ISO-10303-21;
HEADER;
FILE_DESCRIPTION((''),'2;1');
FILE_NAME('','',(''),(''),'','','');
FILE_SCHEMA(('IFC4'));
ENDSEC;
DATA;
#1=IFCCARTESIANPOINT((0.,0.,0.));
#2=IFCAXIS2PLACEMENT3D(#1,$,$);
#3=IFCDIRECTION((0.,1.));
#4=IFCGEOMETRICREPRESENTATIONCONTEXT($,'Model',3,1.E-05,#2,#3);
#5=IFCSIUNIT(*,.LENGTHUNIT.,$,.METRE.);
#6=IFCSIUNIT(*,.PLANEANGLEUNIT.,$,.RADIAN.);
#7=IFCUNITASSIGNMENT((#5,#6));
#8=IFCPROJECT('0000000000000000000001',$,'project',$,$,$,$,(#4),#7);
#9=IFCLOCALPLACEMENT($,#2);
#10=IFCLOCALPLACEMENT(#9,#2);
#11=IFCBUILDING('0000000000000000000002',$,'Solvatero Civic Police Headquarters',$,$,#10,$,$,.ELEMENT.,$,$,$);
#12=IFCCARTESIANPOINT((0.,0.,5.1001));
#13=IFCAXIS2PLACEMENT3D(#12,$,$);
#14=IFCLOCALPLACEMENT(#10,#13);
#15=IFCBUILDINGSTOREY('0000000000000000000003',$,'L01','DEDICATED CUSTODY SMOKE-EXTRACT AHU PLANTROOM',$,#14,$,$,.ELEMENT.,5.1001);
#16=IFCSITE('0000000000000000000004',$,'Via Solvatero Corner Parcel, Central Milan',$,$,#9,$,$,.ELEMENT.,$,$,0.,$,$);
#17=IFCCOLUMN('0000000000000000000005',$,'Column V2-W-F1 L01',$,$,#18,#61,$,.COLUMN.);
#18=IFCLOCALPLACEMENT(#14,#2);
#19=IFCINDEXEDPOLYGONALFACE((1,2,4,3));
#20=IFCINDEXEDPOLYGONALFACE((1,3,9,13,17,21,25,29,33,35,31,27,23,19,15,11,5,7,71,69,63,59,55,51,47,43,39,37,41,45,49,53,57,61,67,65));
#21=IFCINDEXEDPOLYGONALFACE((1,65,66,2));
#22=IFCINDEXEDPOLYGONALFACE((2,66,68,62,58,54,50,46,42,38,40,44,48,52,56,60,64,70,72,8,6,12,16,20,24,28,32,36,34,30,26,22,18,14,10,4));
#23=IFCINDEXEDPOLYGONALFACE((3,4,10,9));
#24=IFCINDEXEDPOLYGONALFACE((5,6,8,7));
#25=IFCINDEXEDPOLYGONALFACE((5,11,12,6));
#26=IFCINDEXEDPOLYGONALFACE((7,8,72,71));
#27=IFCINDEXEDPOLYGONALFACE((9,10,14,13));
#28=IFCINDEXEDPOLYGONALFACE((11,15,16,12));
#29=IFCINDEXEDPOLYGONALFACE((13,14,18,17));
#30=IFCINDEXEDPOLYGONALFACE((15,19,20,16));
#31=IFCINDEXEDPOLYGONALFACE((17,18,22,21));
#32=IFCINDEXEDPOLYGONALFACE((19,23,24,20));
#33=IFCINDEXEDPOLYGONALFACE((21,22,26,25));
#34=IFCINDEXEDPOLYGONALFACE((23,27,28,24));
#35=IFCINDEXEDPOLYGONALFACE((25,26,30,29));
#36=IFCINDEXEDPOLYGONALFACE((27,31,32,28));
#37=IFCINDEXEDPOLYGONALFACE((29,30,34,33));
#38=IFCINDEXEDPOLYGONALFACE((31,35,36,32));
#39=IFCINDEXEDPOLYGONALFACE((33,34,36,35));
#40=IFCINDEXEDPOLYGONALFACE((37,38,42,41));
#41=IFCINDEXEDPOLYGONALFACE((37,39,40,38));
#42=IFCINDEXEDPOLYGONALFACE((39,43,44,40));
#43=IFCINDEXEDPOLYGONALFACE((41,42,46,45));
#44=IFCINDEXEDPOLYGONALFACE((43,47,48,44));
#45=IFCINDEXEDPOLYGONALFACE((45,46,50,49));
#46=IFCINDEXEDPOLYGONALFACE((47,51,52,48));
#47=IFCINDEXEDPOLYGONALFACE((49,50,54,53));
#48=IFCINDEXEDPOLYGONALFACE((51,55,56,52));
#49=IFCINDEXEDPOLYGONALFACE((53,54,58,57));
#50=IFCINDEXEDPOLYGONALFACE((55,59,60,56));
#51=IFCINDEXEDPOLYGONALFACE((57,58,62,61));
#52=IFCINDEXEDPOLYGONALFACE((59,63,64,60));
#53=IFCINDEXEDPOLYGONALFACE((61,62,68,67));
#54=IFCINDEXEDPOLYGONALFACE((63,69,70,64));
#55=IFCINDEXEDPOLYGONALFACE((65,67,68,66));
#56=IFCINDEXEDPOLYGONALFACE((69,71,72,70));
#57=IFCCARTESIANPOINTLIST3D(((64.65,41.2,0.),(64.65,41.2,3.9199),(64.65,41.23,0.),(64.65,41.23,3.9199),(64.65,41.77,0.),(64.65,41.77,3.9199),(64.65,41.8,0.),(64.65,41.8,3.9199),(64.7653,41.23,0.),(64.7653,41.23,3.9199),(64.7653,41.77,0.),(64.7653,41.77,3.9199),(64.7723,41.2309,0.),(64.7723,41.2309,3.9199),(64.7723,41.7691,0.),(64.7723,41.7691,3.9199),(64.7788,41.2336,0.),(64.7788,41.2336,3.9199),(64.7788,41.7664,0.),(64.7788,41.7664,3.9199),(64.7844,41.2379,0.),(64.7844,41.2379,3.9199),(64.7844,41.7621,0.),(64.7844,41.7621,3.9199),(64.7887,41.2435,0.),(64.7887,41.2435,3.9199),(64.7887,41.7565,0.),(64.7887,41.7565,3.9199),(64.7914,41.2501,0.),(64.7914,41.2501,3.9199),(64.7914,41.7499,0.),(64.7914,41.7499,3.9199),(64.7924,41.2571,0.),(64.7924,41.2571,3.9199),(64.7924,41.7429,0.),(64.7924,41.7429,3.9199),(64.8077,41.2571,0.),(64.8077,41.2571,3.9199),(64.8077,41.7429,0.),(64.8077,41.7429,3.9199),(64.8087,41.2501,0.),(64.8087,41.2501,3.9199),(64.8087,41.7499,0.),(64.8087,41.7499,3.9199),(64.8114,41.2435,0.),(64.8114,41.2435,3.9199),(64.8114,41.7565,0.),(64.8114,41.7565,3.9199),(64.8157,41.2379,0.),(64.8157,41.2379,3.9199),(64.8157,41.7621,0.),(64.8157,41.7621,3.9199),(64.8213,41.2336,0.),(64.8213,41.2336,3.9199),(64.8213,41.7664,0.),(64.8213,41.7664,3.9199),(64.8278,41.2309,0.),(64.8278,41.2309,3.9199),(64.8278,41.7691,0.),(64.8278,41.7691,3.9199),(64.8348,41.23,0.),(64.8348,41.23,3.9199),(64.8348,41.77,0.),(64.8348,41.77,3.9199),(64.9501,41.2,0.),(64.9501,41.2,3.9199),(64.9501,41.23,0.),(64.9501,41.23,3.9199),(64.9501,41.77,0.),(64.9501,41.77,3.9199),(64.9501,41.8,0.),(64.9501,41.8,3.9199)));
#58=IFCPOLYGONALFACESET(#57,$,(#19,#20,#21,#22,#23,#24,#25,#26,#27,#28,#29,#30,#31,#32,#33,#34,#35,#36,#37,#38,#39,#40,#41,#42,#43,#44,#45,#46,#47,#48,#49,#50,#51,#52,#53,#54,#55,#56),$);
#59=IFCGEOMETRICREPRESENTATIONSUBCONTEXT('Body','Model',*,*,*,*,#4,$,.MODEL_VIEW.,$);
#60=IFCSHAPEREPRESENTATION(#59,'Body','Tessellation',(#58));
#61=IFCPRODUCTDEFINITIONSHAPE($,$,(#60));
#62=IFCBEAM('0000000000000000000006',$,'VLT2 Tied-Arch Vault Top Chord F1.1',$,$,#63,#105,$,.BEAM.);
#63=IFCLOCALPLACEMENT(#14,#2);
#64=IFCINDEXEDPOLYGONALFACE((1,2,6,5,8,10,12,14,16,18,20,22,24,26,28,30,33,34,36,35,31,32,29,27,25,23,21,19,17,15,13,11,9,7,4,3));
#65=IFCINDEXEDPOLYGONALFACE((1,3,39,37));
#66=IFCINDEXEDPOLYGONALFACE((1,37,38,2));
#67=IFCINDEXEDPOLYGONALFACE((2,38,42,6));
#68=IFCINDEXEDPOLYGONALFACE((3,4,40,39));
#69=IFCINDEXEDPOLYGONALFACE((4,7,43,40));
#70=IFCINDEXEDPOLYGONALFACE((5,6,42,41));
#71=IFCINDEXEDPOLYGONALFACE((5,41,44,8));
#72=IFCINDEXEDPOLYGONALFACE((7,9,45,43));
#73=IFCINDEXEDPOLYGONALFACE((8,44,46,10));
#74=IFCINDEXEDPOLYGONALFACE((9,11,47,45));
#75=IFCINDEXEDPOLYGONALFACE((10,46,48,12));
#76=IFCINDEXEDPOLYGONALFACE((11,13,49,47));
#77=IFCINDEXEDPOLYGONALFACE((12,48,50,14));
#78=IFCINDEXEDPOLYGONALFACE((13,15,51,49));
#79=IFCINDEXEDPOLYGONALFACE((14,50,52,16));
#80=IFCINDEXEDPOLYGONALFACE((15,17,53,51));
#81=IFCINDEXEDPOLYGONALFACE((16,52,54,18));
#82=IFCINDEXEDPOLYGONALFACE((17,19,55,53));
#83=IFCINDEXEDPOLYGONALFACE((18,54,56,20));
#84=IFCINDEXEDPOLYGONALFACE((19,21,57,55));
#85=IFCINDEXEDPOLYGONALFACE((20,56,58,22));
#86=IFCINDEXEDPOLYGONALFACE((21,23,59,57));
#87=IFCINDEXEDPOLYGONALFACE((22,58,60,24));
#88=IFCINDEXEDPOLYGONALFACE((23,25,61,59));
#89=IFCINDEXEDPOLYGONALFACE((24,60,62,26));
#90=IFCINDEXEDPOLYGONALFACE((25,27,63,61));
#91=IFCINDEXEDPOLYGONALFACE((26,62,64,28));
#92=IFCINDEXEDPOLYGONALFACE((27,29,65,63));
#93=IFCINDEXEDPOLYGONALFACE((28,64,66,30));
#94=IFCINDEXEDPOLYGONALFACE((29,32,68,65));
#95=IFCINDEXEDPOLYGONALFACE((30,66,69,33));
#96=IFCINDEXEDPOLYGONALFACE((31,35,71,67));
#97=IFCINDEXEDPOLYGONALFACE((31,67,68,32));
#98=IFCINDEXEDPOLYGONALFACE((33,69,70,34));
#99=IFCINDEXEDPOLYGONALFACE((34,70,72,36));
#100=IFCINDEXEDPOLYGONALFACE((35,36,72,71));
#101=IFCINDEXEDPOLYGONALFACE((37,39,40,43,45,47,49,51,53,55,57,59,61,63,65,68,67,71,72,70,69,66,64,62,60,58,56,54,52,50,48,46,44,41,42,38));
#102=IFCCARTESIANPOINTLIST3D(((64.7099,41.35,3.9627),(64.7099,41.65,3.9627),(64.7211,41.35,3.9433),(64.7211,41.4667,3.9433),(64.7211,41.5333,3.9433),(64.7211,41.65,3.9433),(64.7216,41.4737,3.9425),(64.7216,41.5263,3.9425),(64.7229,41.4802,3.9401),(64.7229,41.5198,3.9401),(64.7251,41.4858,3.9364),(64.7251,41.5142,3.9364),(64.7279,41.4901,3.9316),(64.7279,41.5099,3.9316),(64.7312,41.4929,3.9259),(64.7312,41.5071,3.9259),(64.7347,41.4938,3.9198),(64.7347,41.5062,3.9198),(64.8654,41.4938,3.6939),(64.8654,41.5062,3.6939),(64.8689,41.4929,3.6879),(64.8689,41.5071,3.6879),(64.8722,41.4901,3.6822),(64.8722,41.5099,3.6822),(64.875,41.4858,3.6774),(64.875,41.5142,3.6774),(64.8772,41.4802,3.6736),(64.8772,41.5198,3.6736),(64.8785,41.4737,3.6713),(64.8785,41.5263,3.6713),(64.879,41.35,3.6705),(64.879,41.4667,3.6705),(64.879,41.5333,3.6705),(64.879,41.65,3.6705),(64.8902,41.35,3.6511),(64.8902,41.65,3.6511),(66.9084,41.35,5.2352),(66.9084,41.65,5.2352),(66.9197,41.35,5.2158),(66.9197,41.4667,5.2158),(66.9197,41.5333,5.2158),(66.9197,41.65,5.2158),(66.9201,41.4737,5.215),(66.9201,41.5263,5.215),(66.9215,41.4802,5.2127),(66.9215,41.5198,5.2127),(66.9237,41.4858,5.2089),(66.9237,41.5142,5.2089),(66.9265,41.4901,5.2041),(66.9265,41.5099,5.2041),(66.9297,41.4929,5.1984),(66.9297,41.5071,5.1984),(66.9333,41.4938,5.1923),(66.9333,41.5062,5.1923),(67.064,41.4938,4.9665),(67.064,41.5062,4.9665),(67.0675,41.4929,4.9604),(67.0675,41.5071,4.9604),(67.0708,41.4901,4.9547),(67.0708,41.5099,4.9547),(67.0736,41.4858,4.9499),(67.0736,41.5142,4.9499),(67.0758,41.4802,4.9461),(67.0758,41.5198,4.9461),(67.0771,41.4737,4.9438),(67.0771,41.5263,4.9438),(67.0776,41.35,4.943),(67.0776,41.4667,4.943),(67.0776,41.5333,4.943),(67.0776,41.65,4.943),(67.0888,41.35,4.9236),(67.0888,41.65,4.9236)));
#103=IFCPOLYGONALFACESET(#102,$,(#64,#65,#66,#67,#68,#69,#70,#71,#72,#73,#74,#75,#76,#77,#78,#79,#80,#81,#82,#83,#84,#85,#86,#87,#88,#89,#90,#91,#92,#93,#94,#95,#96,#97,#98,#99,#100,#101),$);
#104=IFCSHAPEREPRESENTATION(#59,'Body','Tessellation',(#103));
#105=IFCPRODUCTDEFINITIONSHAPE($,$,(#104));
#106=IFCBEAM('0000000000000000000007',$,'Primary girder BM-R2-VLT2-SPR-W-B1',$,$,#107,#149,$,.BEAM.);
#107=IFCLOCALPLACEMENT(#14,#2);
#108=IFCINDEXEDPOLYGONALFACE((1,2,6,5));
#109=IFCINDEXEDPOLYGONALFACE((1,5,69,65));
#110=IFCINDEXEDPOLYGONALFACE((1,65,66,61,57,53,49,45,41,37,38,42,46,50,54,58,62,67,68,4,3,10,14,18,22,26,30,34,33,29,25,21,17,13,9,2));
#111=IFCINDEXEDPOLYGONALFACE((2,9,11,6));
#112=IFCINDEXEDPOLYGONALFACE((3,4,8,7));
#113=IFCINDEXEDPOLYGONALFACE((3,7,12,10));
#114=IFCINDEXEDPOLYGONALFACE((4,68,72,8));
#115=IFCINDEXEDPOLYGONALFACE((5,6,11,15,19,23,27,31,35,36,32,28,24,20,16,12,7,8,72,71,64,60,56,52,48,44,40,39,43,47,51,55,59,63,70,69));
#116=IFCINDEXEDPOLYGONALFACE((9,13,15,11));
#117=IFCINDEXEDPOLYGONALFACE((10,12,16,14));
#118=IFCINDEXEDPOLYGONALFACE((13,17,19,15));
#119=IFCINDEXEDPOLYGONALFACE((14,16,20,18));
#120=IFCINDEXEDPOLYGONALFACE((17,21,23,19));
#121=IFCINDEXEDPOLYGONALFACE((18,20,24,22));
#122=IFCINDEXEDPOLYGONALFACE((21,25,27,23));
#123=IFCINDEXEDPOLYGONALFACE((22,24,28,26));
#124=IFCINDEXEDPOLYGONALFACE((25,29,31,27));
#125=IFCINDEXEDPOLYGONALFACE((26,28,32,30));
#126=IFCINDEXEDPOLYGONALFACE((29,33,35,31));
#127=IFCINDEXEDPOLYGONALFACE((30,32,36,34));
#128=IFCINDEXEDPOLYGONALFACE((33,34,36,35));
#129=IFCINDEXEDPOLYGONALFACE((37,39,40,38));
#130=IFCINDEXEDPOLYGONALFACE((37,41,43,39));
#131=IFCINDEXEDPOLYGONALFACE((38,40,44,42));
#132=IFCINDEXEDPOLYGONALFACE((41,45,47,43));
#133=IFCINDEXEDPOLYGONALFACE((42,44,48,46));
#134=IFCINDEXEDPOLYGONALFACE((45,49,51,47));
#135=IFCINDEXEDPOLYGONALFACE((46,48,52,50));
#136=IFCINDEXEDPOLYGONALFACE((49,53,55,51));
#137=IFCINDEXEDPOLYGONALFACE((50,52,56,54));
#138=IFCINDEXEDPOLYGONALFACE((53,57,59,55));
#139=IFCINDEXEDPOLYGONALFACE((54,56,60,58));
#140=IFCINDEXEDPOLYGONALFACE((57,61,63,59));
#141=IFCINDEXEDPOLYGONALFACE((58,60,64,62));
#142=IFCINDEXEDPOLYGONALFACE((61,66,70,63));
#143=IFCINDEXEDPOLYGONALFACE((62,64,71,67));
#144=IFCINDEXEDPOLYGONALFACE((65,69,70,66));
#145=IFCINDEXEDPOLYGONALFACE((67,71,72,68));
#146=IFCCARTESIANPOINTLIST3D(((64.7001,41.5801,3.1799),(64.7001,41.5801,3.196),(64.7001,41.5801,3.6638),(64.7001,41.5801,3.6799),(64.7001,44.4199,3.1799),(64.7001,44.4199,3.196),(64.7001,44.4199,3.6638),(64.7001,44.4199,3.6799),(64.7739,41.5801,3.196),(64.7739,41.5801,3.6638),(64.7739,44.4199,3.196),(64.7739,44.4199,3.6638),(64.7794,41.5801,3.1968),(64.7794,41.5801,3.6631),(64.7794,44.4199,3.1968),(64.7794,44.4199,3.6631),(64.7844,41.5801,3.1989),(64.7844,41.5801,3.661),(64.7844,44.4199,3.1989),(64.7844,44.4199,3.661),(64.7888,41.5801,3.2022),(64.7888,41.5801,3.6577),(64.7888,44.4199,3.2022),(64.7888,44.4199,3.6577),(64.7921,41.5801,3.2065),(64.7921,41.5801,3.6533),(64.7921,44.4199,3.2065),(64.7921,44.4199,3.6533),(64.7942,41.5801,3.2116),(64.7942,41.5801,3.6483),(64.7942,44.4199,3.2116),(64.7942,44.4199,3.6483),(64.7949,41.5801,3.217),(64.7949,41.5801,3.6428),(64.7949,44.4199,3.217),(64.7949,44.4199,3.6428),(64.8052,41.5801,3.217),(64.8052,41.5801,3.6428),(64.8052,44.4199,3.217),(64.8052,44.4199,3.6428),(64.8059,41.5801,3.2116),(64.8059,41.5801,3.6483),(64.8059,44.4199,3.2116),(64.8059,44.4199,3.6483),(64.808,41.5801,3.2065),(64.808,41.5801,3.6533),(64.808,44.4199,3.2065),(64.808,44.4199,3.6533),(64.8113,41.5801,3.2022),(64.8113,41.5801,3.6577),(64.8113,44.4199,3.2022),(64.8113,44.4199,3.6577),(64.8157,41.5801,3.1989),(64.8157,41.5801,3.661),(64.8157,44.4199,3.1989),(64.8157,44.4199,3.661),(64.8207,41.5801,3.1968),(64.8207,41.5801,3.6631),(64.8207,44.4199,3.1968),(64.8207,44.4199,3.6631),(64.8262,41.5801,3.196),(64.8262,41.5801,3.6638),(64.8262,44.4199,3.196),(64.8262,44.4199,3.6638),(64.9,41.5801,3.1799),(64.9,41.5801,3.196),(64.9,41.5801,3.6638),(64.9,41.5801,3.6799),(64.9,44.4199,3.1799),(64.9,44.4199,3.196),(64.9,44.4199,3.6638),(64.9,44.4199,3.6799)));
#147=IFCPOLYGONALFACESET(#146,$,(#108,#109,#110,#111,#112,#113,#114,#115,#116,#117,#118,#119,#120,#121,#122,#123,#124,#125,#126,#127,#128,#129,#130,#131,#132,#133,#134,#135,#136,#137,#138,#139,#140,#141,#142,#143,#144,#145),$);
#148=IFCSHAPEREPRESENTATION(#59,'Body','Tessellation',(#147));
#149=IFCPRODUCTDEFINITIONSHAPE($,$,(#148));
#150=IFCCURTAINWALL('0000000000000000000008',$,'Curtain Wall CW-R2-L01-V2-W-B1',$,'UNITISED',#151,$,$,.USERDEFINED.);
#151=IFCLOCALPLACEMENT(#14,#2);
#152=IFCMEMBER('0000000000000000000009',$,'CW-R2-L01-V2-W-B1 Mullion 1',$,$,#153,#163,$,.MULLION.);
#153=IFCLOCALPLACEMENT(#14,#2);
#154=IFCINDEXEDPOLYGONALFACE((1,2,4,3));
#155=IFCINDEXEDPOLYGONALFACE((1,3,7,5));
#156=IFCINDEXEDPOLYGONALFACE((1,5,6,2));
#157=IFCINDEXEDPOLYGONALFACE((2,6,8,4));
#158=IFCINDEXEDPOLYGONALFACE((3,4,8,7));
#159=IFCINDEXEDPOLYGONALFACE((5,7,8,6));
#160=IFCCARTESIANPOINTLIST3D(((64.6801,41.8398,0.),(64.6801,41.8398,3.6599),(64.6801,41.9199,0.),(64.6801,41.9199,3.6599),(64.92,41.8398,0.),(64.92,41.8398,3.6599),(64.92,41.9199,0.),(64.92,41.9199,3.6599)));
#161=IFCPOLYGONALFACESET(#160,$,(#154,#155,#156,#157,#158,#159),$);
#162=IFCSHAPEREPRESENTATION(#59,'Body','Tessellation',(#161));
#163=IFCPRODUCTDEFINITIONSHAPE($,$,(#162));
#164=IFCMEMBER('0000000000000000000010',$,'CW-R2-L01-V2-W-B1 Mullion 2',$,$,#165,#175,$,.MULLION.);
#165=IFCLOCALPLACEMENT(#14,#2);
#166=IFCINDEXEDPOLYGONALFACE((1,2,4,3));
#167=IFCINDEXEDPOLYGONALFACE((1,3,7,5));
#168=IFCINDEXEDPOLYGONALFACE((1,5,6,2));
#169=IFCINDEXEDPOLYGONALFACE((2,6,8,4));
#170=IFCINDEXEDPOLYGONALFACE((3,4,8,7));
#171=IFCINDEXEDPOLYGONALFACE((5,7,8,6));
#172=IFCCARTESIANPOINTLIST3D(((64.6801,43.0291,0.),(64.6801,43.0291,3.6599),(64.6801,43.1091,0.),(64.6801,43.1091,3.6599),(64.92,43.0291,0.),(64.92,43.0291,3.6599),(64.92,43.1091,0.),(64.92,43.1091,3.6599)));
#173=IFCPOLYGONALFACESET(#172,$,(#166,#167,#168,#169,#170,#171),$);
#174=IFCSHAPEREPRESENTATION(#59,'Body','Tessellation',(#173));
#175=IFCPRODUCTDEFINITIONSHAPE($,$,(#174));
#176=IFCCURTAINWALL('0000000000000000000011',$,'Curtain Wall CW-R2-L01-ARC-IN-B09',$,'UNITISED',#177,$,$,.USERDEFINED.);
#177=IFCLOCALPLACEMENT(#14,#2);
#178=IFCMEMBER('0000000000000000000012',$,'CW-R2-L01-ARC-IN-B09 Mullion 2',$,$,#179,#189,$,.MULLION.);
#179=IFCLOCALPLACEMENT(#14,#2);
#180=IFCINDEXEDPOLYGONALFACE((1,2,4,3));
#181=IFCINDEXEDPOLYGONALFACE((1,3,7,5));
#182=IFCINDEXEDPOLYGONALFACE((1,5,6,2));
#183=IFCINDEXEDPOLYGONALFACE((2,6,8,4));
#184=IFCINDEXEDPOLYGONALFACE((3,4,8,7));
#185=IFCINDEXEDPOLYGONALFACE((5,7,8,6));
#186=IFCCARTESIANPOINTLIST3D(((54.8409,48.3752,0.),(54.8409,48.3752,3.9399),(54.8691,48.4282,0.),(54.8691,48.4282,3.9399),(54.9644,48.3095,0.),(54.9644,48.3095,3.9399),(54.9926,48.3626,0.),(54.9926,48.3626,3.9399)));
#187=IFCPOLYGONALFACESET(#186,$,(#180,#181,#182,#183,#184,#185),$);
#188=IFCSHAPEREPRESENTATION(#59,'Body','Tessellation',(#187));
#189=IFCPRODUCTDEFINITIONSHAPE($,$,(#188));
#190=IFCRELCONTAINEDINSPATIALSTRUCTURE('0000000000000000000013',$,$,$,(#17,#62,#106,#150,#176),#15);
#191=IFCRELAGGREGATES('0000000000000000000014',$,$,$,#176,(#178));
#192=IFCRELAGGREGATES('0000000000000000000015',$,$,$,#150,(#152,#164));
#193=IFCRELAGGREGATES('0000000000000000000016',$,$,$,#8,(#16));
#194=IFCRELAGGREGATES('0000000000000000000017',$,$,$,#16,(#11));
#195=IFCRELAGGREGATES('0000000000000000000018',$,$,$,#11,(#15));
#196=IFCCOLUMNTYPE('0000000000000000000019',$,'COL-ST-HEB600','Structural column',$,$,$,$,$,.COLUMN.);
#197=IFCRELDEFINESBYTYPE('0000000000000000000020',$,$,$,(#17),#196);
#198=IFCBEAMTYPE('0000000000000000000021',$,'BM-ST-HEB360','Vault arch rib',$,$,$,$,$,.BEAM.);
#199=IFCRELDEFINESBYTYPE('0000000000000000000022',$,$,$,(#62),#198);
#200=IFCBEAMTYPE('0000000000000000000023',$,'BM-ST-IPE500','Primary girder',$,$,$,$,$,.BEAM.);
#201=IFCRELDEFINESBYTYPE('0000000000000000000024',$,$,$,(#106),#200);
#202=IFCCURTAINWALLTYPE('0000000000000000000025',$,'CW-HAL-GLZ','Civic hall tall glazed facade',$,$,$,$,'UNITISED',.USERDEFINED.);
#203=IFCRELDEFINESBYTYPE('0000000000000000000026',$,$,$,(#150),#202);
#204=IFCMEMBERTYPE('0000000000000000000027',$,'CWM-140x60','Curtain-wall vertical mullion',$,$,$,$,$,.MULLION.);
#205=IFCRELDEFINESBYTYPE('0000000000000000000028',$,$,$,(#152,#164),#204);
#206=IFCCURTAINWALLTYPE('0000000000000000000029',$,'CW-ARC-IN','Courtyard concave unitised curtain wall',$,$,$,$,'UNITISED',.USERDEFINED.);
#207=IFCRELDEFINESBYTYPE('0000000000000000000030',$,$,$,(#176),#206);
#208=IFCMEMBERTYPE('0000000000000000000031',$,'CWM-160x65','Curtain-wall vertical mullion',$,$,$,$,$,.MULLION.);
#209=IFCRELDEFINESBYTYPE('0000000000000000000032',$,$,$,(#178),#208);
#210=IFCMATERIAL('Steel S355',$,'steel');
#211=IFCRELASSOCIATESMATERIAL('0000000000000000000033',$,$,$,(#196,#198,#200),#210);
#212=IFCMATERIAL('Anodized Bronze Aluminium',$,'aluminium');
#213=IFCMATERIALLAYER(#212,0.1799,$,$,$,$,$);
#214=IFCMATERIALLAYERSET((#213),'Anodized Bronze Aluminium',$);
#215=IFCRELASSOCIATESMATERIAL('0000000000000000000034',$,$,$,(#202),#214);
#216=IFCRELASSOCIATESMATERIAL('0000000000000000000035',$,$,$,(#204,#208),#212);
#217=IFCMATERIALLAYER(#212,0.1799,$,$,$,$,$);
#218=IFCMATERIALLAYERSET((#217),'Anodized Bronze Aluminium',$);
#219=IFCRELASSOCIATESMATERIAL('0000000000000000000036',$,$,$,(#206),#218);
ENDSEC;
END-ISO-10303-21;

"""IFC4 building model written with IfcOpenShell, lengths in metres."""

from ifc_helpers import new_model, si_unit, direction, frame, origin, origin_2d, place, context, subcontext, project, spatial, rectangle, i_section, extrude, material, layer, layer_set, material_profile, profile_set, type_object, element, aggregate, save


model = new_model("IFC4")

# Units and contexts
model_context = context("Model", 3, precision=1e-05, world=origin(), true_north=direction((0.0, 1.0)))
body_context = subcontext(model_context, "Body", "Model", "MODEL_VIEW")
ifc_project = project(units=[si_unit("LENGTHUNIT", "METRE"), si_unit("PLANEANGLEUNIT", "RADIAN")], contexts=[model_context])

# Site, building, storey
site_placement = place(None, origin())
site = spatial("IfcSite", under=ifc_project, at=site_placement, Name="Via Solvatero Corner Parcel, Central Milan", CompositionType="ELEMENT", RefElevation=0.0)
building_placement = place(site_placement, origin())
building = spatial("IfcBuilding", under=site, at=building_placement, Name="Solvatero Civic Police Headquarters", CompositionType="ELEMENT")
storey_placement = place(building_placement, frame((0.0, 0.0, 5.1001)))
storey = spatial("IfcBuildingStorey", under=building, at=storey_placement, Name="L01", Description="DEDICATED CUSTODY SMOKE-EXTRACT AHU PLANTROOM", CompositionType="ELEMENT", Elevation=5.1001)

# Column
ifc_material_1 = material(Name="Steel S355", Category="steel")
ifc_material_profile_1 = material_profile(ifc_material_1, i_section(OverallWidth=0.3, OverallDepth=0.6001, WebThickness=0.0154, FlangeThickness=0.03, FilletRadius=0.0271, at=origin_2d()), Name="HEB 600")
ifc_profile_set_1 = profile_set([ifc_material_profile_1], Name="Steel S355")
column_type = type_object("IfcColumnType", Name="COL-ST-HEB600", Description="Structural column", PredefinedType="COLUMN", material=ifc_profile_set_1)
column_placement = place(storey_placement, frame((64.8, 41.5, 0.0), z_axis=(0.0, 0.0, 1.0), x_axis=(1.0, 0.0, 0.0)))
element("IfcColumn", 1, at=column_placement, inside=storey, type_object=column_type, Name="Column V2-W-F1 L01", PredefinedType="COLUMN", context=body_context, shape_type="SweptSolid", body=[
    extrude(i_section(OverallWidth=0.3, OverallDepth=0.6001, WebThickness=0.0154, FlangeThickness=0.03, FilletRadius=0.0271, at=origin_2d()), origin(), (0.0, 0.0, 1.0), 3.9199),
])

# Beams
ifc_material_profile_2 = material_profile(ifc_material_1, i_section(OverallWidth=0.3, OverallDepth=0.3601, WebThickness=0.0125, FlangeThickness=0.0225, FilletRadius=0.0271, at=origin_2d()), Name="HEB 360")
ifc_profile_set_2 = profile_set([ifc_material_profile_2], Name="Steel S355")
beam_type_1 = type_object("IfcBeamType", Name="BM-ST-HEB360", Description="Vault arch rib", PredefinedType="BEAM", material=ifc_profile_set_2)
beam_1_placement = place(storey_placement, frame((64.8, 41.5, 3.8069), z_axis=(0.865486, 0.0, 0.500934), x_axis=(0.0, 1.0, 0.0)))
element("IfcBeam", 2, at=beam_1_placement, inside=storey, type_object=beam_type_1, Name="VLT2 Tied-Arch Vault Top Chord F1.1", PredefinedType="BEAM", context=body_context, shape_type="SweptSolid", body=[
    extrude(i_section(OverallWidth=0.3, OverallDepth=0.3601, WebThickness=0.0125, FlangeThickness=0.0225, FilletRadius=0.0271, at=origin_2d()), origin(), (0.0, 0.0, 1.0), 2.5403),
])
ifc_material_profile_3 = material_profile(ifc_material_1, i_section(OverallWidth=0.2, OverallDepth=0.5, WebThickness=0.0103, FlangeThickness=0.0161, FilletRadius=0.021, at=origin_2d()), Name="IPE 500")
ifc_profile_set_3 = profile_set([ifc_material_profile_3], Name="Steel S355")
beam_type_2 = type_object("IfcBeamType", Name="BM-ST-IPE500", Description="Primary girder", PredefinedType="BEAM", material=ifc_profile_set_3)
beam_2_placement = place(storey_placement, frame((64.8, 41.5801, 3.4299), z_axis=(0.0, 1.0, 0.0), x_axis=(-1.0, 0.0, 0.0)))
element("IfcBeam", 3, at=beam_2_placement, inside=storey, type_object=beam_type_2, Name="Primary girder BM-R2-VLT2-SPR-W-B1", PredefinedType="BEAM", context=body_context, shape_type="SweptSolid", body=[
    extrude(i_section(OverallWidth=0.2, OverallDepth=0.5, WebThickness=0.0103, FlangeThickness=0.0161, FilletRadius=0.021, at=origin_2d()), origin(), (0.0, 0.0, 1.0), 2.8398),
])

# Curtain walls, members
ifc_material_2 = material(Name="Anodized Bronze Aluminium", Category="aluminium")
ifc_layer_1 = layer(ifc_material_2, 0.1799)
ifc_layer_set_1 = layer_set([ifc_layer_1], Name="Anodized Bronze Aluminium")
curtain_wall_type_1 = type_object("IfcCurtainWallType", Name="CW-HAL-GLZ", Description="Civic hall tall glazed facade", ElementType="UNITISED", PredefinedType="USERDEFINED", material=ifc_layer_set_1)
curtain_wall_1_placement = place(storey_placement, origin())
curtain_wall_1 = element("IfcCurtainWall", 4, at=curtain_wall_1_placement, inside=storey, type_object=curtain_wall_type_1, Name="Curtain Wall CW-R2-L01-V2-W-B1", ObjectType="UNITISED", PredefinedType="USERDEFINED")
ifc_material_profile_4 = material_profile(ifc_material_2, rectangle(XDim=0.0801, YDim=0.24, at=origin_2d()), Name="ALU MULLION 80x240")
ifc_profile_set_4 = profile_set([ifc_material_profile_4], Name="Anodized Bronze Aluminium")
member_type_1 = type_object("IfcMemberType", Name="CWM-140x60", Description="Curtain-wall vertical mullion", PredefinedType="MULLION", material=ifc_profile_set_4)
member_1_placement = place(storey_placement, frame((64.8, 41.8799, 0.0), z_axis=(0.0, 0.0, 1.0), x_axis=(0.0, 1.0, 0.0)))
member_1 = element("IfcMember", 5, at=member_1_placement, type_object=member_type_1, Name="CW-R2-L01-V2-W-B1 Mullion 1", PredefinedType="MULLION", context=body_context, shape_type="SweptSolid", body=[
    extrude(rectangle(XDim=0.0801, YDim=0.24, at=origin_2d()), origin(), (0.0, 0.0, 1.0), 3.6599),
])
member_2_placement = place(storey_placement, frame((64.8, 43.0691, 0.0), z_axis=(0.0, 0.0, 1.0), x_axis=(0.0, 1.0, 0.0)))
member_2 = element("IfcMember", 6, at=member_2_placement, type_object=member_type_1, Name="CW-R2-L01-V2-W-B1 Mullion 2", PredefinedType="MULLION", context=body_context, shape_type="SweptSolid", body=[
    extrude(rectangle(XDim=0.0801, YDim=0.24, at=origin_2d()), origin(), (0.0, 0.0, 1.0), 3.6599),
])
ifc_layer_2 = layer(ifc_material_2, 0.1799)
ifc_layer_set_2 = layer_set([ifc_layer_2], Name="Anodized Bronze Aluminium")
curtain_wall_type_2 = type_object("IfcCurtainWallType", Name="CW-ARC-IN", Description="Courtyard concave unitised curtain wall", ElementType="UNITISED", PredefinedType="USERDEFINED", material=ifc_layer_set_2)
curtain_wall_2_placement = place(storey_placement, origin())
curtain_wall_2 = element("IfcCurtainWall", 7, at=curtain_wall_2_placement, inside=storey, type_object=curtain_wall_type_2, Name="Curtain Wall CW-R2-L01-ARC-IN-B09", ObjectType="UNITISED", PredefinedType="USERDEFINED")
ifc_material_profile_5 = material_profile(ifc_material_2, rectangle(XDim=0.0601, YDim=0.1399, at=origin_2d()), Name="ALU MULLION 60x140")
ifc_profile_set_5 = profile_set([ifc_material_profile_5], Name="Anodized Bronze Aluminium")
member_type_2 = type_object("IfcMemberType", Name="CWM-160x65", Description="Curtain-wall vertical mullion", PredefinedType="MULLION", material=ifc_profile_set_5)
member_3_placement = place(storey_placement, frame((54.9167, 48.3689, 0.0), z_axis=(0.0, 0.0, 1.0), x_axis=(-0.469472, -0.882948, 0.0)))
member_3 = element("IfcMember", 8, at=member_3_placement, type_object=member_type_2, Name="CW-R2-L01-ARC-IN-B09 Mullion 2", PredefinedType="MULLION", context=body_context, shape_type="SweptSolid", body=[
    extrude(rectangle(XDim=0.0601, YDim=0.1399, at=origin_2d()), origin(), (0.0, 0.0, 1.0), 3.9399),
])

aggregate(curtain_wall_2, [member_3])
aggregate(curtain_wall_1, [member_1, member_2])

save(model, "model.ifc")
